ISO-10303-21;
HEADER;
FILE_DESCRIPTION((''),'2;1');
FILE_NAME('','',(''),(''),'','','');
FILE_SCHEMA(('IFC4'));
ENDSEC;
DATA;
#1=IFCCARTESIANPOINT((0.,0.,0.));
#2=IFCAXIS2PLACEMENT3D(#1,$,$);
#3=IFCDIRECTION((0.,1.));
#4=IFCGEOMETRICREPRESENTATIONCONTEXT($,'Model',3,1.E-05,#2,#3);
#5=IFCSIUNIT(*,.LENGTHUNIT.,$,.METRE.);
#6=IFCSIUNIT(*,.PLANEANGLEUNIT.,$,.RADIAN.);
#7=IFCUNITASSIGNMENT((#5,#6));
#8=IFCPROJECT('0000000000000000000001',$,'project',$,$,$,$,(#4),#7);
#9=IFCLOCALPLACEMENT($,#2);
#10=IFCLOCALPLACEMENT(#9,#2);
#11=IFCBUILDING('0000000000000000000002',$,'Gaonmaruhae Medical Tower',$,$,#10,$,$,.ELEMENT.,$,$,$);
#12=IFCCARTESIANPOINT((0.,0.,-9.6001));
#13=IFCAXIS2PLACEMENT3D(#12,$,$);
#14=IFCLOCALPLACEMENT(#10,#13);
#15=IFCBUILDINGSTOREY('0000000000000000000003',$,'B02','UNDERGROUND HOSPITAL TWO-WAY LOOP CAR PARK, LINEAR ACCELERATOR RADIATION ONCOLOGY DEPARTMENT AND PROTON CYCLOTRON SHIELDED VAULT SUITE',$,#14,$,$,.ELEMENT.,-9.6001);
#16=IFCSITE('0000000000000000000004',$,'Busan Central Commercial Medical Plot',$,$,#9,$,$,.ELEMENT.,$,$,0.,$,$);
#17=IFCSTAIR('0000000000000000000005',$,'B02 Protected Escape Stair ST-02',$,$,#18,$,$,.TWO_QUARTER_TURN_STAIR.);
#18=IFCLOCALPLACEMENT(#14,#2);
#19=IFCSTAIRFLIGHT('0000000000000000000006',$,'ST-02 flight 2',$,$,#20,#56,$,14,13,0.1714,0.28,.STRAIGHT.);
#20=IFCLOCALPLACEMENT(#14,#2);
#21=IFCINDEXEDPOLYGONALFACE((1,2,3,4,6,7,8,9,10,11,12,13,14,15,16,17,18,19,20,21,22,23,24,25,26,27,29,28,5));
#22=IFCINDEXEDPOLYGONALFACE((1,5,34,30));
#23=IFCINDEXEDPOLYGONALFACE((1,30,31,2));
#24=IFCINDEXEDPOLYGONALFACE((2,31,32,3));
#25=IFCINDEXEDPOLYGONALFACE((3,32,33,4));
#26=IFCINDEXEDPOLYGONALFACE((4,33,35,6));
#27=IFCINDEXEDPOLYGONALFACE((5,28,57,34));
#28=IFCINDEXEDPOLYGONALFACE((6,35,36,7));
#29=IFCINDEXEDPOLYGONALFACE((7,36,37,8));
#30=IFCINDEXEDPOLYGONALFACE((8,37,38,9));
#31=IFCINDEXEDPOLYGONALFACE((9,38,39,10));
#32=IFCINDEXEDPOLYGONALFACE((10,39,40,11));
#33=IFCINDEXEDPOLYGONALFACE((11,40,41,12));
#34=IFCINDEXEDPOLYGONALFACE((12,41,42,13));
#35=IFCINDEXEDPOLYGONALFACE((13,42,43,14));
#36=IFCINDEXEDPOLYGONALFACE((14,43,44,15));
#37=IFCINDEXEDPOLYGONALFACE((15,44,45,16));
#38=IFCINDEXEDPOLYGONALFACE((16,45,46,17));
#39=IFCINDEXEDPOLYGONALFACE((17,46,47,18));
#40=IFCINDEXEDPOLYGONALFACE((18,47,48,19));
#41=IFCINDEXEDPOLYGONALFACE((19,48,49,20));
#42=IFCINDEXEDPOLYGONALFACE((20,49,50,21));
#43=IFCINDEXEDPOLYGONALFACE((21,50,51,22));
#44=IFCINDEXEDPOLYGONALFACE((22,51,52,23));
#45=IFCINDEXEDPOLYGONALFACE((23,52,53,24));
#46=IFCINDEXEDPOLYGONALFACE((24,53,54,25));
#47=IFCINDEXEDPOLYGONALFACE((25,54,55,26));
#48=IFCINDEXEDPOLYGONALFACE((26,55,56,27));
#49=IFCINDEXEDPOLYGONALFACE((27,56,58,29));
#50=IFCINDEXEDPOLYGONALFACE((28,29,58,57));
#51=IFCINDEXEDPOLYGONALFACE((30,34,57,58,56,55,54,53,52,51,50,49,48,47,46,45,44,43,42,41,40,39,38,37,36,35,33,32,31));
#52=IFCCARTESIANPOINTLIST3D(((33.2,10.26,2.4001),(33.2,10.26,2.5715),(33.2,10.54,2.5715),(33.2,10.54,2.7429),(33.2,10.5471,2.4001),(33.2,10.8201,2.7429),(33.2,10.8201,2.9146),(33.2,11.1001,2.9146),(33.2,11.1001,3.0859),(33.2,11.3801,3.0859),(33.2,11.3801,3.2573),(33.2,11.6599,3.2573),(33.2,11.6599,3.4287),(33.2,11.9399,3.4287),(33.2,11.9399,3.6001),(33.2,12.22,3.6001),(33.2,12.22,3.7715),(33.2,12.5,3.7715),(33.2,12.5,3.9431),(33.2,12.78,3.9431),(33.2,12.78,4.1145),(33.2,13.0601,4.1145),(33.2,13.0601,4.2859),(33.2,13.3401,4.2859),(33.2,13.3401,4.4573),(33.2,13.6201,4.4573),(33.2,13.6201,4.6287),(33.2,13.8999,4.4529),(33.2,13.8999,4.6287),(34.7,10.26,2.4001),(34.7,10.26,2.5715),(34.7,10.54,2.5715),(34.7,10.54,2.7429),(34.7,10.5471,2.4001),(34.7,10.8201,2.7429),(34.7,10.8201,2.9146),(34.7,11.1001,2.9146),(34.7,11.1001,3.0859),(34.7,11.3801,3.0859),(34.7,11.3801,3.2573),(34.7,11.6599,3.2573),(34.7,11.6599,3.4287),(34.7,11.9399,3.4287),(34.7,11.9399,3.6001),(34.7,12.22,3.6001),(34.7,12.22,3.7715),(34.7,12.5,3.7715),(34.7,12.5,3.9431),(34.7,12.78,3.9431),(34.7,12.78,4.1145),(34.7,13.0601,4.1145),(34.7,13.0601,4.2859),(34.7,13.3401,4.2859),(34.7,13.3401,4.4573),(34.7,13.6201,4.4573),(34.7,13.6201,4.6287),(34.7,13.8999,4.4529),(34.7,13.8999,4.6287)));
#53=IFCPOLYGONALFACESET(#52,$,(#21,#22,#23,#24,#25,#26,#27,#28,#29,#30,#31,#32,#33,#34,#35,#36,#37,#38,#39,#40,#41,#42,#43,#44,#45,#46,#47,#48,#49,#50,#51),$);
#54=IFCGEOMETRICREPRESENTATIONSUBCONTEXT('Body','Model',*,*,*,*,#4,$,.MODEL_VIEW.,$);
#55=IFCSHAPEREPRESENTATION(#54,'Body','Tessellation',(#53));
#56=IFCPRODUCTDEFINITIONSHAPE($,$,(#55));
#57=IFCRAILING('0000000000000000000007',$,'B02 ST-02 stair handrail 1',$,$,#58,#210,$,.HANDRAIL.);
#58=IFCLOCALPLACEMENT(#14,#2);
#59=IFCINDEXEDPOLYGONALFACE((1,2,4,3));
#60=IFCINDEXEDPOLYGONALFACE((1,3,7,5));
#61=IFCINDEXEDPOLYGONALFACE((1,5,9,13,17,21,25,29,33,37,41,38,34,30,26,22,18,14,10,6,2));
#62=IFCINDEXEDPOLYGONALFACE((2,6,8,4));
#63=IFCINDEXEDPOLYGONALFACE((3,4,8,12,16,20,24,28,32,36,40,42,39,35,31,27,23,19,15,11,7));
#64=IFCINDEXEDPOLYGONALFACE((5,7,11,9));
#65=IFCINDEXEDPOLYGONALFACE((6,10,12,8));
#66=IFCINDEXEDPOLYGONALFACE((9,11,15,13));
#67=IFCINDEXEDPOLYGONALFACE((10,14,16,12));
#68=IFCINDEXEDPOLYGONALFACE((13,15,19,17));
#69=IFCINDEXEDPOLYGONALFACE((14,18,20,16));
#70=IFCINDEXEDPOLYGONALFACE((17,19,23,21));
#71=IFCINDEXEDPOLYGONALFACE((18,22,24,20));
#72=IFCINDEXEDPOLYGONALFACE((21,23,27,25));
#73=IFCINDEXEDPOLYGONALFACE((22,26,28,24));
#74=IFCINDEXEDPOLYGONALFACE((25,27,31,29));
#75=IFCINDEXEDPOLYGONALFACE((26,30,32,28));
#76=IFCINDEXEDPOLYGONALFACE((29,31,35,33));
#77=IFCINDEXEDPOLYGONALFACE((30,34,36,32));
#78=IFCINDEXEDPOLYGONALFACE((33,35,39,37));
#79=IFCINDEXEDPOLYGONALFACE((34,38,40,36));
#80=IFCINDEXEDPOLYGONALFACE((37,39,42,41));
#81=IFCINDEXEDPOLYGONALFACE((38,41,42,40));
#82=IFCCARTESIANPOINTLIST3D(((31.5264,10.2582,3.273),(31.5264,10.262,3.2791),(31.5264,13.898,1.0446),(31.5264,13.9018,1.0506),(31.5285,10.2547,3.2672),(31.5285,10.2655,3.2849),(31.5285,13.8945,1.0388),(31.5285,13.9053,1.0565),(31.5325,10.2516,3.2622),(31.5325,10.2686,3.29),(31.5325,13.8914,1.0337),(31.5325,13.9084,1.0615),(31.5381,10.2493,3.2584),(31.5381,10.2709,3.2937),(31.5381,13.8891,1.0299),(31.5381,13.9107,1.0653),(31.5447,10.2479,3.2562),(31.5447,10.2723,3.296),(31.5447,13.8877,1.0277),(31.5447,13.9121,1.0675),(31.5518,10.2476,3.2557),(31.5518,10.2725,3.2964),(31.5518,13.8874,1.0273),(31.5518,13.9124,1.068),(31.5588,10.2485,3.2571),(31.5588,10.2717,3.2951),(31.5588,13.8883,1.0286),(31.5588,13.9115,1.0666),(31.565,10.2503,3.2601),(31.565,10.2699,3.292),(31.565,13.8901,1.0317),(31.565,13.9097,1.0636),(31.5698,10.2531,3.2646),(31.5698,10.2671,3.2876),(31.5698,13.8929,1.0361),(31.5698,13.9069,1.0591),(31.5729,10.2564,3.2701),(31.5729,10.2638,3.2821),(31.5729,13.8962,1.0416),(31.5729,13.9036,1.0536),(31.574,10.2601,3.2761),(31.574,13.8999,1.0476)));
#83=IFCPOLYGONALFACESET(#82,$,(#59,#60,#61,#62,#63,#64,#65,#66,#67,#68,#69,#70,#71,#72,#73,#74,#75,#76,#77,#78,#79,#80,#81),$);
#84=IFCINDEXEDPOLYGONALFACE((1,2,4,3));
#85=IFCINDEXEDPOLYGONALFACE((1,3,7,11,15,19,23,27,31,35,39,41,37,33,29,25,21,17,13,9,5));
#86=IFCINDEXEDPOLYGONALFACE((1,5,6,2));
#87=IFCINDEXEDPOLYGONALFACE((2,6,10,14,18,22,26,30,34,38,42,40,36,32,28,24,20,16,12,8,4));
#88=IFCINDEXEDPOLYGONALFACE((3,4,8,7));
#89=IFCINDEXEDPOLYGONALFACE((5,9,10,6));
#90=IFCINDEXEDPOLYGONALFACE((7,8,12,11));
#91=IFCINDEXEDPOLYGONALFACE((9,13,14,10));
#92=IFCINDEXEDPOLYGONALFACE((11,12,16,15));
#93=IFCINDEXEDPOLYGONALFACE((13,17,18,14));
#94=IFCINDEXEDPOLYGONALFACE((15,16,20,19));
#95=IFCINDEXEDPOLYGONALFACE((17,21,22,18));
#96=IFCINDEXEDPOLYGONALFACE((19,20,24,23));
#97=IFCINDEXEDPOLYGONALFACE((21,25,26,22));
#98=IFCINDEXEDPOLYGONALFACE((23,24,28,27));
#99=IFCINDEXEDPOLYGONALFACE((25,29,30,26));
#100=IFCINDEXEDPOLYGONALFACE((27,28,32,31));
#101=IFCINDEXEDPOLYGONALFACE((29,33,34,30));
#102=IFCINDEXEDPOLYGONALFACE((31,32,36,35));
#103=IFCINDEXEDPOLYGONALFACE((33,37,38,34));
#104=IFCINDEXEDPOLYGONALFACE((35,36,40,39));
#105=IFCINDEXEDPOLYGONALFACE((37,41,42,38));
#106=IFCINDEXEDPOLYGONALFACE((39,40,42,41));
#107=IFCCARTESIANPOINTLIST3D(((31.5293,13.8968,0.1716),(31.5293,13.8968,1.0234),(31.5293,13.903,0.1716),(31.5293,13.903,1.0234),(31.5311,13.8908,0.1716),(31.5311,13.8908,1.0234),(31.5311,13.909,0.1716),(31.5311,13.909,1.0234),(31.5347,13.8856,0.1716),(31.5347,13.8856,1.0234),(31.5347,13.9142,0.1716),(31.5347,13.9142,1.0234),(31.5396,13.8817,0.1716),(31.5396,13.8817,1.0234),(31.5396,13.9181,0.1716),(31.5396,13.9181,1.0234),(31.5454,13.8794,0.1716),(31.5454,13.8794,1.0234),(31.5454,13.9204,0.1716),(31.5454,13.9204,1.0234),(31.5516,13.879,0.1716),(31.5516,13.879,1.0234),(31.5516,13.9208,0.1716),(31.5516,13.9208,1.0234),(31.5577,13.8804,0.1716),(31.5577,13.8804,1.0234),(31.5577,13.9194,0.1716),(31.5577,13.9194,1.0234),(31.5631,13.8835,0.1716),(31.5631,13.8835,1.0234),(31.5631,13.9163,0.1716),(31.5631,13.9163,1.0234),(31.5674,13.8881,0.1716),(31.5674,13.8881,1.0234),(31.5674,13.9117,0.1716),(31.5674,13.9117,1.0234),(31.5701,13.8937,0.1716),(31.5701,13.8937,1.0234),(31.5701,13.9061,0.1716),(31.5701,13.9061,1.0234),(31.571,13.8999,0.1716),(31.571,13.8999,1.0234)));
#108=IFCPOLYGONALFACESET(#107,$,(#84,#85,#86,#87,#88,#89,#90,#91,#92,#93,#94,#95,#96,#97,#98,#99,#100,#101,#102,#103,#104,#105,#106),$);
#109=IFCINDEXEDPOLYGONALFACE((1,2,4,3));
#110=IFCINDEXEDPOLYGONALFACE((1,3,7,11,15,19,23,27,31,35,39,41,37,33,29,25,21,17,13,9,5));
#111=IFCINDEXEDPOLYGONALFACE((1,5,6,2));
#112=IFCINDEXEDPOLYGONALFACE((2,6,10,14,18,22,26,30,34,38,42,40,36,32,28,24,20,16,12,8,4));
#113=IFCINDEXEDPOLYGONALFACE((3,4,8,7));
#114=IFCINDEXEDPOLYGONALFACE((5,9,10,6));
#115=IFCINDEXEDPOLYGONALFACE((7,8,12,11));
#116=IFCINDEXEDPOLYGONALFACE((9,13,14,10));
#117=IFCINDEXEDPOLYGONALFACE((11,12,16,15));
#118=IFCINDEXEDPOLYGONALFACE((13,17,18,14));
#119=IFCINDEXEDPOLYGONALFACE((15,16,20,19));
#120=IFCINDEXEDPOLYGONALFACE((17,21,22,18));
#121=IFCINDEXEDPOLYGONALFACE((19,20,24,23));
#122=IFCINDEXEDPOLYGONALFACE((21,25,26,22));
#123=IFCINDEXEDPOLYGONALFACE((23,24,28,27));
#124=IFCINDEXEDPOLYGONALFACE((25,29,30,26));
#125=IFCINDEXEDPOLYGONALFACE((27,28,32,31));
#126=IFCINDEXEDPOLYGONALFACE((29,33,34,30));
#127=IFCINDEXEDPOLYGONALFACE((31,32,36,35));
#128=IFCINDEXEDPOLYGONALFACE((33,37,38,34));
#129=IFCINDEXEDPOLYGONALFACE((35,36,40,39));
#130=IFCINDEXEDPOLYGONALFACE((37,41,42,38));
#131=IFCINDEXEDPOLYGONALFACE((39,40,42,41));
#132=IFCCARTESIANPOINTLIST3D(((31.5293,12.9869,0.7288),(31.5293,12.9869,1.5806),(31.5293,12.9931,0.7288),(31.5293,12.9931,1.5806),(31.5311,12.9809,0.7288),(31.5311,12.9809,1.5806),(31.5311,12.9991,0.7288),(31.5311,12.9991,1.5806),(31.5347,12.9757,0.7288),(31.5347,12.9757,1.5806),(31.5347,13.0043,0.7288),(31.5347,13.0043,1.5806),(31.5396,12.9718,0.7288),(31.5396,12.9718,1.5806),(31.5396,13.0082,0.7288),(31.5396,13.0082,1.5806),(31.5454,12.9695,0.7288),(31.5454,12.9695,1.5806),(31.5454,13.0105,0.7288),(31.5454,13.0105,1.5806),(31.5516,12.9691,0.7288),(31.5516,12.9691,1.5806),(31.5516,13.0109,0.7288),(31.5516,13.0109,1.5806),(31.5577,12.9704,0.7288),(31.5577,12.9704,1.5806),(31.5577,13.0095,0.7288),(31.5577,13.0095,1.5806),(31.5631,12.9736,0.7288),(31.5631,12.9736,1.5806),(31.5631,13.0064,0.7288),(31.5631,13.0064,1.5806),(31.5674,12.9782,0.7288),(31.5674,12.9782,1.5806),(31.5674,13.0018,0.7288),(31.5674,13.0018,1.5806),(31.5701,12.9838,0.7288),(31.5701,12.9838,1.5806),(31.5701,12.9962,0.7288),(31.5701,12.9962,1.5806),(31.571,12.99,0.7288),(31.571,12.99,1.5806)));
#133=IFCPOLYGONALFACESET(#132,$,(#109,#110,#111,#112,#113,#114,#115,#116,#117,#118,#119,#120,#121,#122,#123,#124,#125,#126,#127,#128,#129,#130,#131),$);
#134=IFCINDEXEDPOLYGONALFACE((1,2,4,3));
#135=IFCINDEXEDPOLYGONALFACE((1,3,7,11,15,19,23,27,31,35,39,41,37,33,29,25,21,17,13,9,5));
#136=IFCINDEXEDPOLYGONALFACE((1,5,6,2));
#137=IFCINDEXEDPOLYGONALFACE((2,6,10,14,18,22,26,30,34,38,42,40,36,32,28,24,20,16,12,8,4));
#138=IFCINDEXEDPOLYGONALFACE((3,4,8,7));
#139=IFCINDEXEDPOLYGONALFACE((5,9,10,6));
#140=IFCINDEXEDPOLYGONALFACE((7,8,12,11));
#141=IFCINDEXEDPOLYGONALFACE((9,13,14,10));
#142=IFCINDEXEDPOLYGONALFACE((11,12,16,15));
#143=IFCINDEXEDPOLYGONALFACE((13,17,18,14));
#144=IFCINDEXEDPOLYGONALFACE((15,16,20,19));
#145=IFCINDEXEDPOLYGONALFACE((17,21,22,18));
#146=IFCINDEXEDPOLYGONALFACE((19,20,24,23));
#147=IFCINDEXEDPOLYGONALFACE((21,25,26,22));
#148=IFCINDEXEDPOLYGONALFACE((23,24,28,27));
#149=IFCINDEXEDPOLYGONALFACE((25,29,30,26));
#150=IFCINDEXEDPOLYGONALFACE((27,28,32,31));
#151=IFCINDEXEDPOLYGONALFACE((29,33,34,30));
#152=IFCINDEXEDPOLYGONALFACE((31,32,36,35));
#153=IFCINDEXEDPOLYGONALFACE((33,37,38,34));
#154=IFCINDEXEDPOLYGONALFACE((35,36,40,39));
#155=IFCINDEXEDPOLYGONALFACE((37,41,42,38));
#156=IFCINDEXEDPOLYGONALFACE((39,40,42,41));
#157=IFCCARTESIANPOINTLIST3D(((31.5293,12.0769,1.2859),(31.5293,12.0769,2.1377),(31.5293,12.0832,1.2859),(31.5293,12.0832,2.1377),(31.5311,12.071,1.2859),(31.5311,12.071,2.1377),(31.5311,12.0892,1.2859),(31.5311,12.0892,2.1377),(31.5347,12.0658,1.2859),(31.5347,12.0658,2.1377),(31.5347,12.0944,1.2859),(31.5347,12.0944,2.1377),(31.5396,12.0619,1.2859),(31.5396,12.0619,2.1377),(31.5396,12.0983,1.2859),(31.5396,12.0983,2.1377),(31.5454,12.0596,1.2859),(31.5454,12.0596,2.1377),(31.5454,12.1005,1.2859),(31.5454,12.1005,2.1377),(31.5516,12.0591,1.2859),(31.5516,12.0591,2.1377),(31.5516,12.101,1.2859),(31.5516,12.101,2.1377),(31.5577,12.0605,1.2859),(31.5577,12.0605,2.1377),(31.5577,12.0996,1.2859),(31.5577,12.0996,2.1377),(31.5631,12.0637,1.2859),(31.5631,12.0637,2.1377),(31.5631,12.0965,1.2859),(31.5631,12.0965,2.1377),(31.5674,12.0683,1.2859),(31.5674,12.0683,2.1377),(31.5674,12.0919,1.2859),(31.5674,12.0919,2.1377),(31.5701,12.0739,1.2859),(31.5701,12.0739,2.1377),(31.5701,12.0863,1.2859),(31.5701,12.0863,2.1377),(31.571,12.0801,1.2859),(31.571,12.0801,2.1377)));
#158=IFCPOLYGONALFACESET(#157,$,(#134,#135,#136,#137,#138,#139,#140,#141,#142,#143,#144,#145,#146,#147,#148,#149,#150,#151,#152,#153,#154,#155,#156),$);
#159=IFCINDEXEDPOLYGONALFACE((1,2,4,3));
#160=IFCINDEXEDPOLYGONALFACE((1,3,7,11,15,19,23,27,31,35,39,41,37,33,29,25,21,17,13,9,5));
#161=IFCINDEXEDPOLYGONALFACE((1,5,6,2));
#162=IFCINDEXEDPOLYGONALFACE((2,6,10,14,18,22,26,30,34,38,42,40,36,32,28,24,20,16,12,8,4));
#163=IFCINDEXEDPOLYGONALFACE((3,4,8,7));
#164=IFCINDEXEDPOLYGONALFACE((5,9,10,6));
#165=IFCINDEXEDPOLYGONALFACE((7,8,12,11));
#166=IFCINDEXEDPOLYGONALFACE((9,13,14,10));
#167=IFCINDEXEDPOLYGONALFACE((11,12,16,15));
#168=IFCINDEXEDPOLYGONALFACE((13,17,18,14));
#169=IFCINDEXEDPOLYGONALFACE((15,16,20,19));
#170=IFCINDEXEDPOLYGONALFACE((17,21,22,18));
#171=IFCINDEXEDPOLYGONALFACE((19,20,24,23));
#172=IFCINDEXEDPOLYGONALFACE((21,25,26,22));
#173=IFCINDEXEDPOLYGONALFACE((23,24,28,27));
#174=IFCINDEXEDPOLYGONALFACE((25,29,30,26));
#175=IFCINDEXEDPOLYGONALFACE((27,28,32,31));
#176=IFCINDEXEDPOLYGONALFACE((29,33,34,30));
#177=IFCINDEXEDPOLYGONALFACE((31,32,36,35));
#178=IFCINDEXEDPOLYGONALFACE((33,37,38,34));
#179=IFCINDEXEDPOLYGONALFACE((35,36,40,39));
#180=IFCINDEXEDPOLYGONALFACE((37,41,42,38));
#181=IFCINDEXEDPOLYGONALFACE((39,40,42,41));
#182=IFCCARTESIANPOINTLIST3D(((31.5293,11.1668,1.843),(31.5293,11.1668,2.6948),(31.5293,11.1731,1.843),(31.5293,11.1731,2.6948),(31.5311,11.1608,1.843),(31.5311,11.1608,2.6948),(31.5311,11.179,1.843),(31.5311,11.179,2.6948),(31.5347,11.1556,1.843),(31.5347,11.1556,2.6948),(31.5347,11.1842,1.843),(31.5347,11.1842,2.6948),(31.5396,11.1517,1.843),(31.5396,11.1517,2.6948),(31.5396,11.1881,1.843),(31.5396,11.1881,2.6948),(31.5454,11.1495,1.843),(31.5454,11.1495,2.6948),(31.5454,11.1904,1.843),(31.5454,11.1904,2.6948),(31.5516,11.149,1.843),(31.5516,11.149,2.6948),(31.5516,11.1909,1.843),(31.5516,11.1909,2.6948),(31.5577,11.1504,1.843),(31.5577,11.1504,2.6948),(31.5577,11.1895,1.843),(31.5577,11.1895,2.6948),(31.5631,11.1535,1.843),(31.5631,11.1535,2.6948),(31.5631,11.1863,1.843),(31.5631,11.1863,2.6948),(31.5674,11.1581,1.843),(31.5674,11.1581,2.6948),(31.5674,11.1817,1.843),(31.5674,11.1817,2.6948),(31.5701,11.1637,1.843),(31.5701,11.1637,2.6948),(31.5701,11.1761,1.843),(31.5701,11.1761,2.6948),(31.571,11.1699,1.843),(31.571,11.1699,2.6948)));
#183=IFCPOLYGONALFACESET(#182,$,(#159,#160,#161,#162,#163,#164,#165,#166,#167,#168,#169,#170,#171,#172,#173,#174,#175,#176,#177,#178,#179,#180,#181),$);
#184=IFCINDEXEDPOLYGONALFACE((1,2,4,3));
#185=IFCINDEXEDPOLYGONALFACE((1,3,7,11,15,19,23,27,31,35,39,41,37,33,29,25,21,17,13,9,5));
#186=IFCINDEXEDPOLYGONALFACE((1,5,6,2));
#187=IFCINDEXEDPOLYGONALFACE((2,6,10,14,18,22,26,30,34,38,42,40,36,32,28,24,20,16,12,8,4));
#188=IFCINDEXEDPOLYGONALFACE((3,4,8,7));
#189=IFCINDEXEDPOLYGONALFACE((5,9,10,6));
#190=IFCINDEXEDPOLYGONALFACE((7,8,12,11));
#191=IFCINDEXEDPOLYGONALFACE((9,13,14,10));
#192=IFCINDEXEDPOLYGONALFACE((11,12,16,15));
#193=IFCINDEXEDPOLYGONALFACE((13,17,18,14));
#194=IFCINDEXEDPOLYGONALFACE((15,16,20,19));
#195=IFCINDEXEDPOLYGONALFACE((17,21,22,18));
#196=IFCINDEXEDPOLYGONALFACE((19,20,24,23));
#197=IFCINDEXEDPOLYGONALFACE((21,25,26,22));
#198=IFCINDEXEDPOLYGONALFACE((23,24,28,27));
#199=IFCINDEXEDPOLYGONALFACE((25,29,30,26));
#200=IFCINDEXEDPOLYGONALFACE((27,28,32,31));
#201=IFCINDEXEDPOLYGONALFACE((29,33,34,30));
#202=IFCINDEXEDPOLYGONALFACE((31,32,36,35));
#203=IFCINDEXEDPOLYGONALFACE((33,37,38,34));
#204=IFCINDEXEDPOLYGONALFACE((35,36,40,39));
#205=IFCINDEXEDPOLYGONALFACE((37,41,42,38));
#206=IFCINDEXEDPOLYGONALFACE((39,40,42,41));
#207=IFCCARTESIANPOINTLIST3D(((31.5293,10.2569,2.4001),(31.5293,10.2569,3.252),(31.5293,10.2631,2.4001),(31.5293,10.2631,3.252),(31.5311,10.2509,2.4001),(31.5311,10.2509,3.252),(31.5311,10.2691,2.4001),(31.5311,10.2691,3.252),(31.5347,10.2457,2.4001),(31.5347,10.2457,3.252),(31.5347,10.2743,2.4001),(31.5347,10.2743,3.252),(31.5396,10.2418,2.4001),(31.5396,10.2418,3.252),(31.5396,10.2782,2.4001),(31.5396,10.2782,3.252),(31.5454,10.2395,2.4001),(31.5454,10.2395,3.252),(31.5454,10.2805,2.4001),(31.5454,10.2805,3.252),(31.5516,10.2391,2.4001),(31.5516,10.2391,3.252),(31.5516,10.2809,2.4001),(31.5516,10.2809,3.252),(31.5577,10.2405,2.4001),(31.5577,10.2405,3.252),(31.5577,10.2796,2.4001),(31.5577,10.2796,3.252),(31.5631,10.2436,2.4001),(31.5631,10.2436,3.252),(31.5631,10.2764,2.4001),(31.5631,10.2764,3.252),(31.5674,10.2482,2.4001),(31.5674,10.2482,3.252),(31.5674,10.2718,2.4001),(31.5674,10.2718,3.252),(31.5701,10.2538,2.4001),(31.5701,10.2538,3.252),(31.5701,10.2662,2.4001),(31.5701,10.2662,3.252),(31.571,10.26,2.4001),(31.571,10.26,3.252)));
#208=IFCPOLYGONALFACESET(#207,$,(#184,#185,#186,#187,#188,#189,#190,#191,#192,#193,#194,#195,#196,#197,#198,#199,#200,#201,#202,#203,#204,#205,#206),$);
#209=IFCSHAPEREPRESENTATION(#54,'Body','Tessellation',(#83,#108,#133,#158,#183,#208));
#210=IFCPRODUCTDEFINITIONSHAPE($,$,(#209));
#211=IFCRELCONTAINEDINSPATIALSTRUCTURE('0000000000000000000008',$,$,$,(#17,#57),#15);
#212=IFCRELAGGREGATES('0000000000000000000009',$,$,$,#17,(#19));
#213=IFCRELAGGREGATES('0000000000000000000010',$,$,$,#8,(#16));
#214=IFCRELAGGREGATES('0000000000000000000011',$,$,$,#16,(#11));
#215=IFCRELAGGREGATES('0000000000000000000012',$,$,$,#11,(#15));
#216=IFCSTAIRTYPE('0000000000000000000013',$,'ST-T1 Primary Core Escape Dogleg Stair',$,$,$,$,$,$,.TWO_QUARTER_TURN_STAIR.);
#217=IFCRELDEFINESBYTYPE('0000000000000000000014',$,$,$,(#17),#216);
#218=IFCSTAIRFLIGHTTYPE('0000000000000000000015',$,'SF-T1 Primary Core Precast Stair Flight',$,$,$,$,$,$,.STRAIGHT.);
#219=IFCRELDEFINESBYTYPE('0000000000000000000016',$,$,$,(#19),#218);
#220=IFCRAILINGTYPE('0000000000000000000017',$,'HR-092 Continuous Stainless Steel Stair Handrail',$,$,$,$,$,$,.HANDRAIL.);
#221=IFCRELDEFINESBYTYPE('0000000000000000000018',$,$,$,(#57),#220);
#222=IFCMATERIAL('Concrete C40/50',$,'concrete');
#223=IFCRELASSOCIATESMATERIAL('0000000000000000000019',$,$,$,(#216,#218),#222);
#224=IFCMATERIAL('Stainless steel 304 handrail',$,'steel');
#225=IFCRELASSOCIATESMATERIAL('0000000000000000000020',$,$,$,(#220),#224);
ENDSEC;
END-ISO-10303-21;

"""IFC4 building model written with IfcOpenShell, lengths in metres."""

from ifc_helpers import new_model, si_unit, direction, frame, origin, origin_2d, place, context, subcontext, project, spatial, polyline, circle, outline, extrude, material, type_object, element, aggregate, save


model = new_model("IFC4")

# Units and contexts
model_context = context("Model", 3, precision=1e-05, world=origin(), true_north=direction((0.0, 1.0)))
body_context = subcontext(model_context, "Body", "Model", "MODEL_VIEW")
ifc_project = project(units=[si_unit("LENGTHUNIT", "METRE"), si_unit("PLANEANGLEUNIT", "RADIAN")], contexts=[model_context])

# Site, building, storey
site_placement = place(None, origin())
site = spatial("IfcSite", under=ifc_project, at=site_placement, Name="Busan Central Commercial Medical Plot", CompositionType="ELEMENT", RefElevation=0.0)
building_placement = place(site_placement, origin())
building = spatial("IfcBuilding", under=site, at=building_placement, Name="Gaonmaruhae Medical Tower", CompositionType="ELEMENT")
storey_placement = place(building_placement, frame((0.0, 0.0, -9.6001)))
storey = spatial("IfcBuildingStorey", under=building, at=storey_placement, Name="B02", Description="UNDERGROUND HOSPITAL TWO-WAY LOOP CAR PARK, LINEAR ACCELERATOR RADIATION ONCOLOGY DEPARTMENT AND PROTON CYCLOTRON SHIELDED VAULT SUITE", CompositionType="ELEMENT", Elevation=-9.6001)

# Stair, stair flight
ifc_material_1 = material(Name="Concrete C40/50", Category="concrete")
stair_type = type_object("IfcStairType", Name="ST-T1 Primary Core Escape Dogleg Stair", PredefinedType="TWO_QUARTER_TURN_STAIR", material=ifc_material_1)
stair_placement = place(storey_placement, origin())
stair = element("IfcStair", 1, at=stair_placement, inside=storey, type_object=stair_type, Name="B02 Protected Escape Stair ST-02", PredefinedType="TWO_QUARTER_TURN_STAIR")
stair_flight_type = type_object("IfcStairFlightType", Name="SF-T1 Primary Core Precast Stair Flight", PredefinedType="STRAIGHT", material=ifc_material_1)
stair_flight_1_placement = place(storey_placement, frame((33.95, 10.26, 2.4001), z_axis=(0.0, 0.0, 1.0), x_axis=(0.0, 1.0, 0.0)))
stair_flight_1 = element("IfcStairFlight", 2, at=stair_flight_1_placement, type_object=stair_flight_type, Name="ST-02 flight 2", NumberOfRisers=14, NumberOfTreads=13, PredefinedType="STRAIGHT", RiserHeight=0.1714, TreadLength=0.28, context=body_context, shape_type="SweptSolid", body=[
    extrude(outline(polyline([(0.0, 0.0), (0.0, 0.1714), (0.28, 0.1714), (0.28, 0.3428), (0.5601, 0.3428), (0.5601, 0.5144), (0.8401, 0.5144), (0.8401, 0.6858), (1.1201, 0.6858), (1.1201, 0.8572), (1.3999, 0.8572), (1.3999, 1.0286), (1.6799, 1.0286), (1.6799, 1.2), (1.96, 1.2), (1.96, 1.3713), (2.24, 1.3713), (2.24, 1.543), (2.52, 1.543), (2.52, 1.7144), (2.8, 1.7144), (2.8, 1.8857), (3.0801, 1.8857), (3.0801, 2.0571), (3.3601, 2.0571), (3.3601, 2.2285), (3.6399, 2.2285), (3.6399, 2.3999), (3.6399, 2.0527), (0.2871, 0.0), (0.0, 0.0)])), frame((0.0, 0.75, 0.0), z_axis=(0.0, -1.0, 0.0), x_axis=(1.0, 0.0, 0.0)), (0.0, 0.0, 1.0), 1.5),
])
aggregate(stair, [stair_flight_1])

# Railing
ifc_material_2 = material(Name="Stainless steel 304 handrail", Category="steel")
railing_type_1 = type_object("IfcRailingType", Name="HR-092 Continuous Stainless Steel Stair Handrail", PredefinedType="HANDRAIL", material=ifc_material_2)
railing_1_placement = place(storey_placement, frame((31.55, 13.8999, 0.1716)))
element("IfcRailing", 3, at=railing_1_placement, inside=storey, type_object=railing_type_1, Name="B02 ST-02 stair handrail 1", PredefinedType="HANDRAIL", context=body_context, shape_type="SweptSolid", body=[
    extrude(circle(Radius=0.0239, at=origin_2d()), frame((0.0, 0.0, 0.876), z_axis=(0.0, -0.85285, 0.522156), x_axis=(1.0, 0.0, 0.0)), (0.0, 0.0, 1.0), 4.2678),
    extrude(circle(Radius=0.021, at=origin_2d()), origin(), (0.0, 0.0, 1.0), 0.8518),
    extrude(circle(Radius=0.021, at=origin_2d()), frame((0.0, -0.9099, 0.5571)), (0.0, 0.0, 1.0), 0.8518),
    extrude(circle(Radius=0.021, at=origin_2d()), frame((0.0, -1.8198, 1.1143)), (0.0, 0.0, 1.0), 0.8518),
    extrude(circle(Radius=0.021, at=origin_2d()), frame((0.0, -2.73, 1.6714)), (0.0, 0.0, 1.0), 0.8518),
    extrude(circle(Radius=0.021, at=origin_2d()), frame((0.0, -3.6399, 2.2285)), (0.0, 0.0, 1.0), 0.8518),
])

save(model, "model.ifc")
